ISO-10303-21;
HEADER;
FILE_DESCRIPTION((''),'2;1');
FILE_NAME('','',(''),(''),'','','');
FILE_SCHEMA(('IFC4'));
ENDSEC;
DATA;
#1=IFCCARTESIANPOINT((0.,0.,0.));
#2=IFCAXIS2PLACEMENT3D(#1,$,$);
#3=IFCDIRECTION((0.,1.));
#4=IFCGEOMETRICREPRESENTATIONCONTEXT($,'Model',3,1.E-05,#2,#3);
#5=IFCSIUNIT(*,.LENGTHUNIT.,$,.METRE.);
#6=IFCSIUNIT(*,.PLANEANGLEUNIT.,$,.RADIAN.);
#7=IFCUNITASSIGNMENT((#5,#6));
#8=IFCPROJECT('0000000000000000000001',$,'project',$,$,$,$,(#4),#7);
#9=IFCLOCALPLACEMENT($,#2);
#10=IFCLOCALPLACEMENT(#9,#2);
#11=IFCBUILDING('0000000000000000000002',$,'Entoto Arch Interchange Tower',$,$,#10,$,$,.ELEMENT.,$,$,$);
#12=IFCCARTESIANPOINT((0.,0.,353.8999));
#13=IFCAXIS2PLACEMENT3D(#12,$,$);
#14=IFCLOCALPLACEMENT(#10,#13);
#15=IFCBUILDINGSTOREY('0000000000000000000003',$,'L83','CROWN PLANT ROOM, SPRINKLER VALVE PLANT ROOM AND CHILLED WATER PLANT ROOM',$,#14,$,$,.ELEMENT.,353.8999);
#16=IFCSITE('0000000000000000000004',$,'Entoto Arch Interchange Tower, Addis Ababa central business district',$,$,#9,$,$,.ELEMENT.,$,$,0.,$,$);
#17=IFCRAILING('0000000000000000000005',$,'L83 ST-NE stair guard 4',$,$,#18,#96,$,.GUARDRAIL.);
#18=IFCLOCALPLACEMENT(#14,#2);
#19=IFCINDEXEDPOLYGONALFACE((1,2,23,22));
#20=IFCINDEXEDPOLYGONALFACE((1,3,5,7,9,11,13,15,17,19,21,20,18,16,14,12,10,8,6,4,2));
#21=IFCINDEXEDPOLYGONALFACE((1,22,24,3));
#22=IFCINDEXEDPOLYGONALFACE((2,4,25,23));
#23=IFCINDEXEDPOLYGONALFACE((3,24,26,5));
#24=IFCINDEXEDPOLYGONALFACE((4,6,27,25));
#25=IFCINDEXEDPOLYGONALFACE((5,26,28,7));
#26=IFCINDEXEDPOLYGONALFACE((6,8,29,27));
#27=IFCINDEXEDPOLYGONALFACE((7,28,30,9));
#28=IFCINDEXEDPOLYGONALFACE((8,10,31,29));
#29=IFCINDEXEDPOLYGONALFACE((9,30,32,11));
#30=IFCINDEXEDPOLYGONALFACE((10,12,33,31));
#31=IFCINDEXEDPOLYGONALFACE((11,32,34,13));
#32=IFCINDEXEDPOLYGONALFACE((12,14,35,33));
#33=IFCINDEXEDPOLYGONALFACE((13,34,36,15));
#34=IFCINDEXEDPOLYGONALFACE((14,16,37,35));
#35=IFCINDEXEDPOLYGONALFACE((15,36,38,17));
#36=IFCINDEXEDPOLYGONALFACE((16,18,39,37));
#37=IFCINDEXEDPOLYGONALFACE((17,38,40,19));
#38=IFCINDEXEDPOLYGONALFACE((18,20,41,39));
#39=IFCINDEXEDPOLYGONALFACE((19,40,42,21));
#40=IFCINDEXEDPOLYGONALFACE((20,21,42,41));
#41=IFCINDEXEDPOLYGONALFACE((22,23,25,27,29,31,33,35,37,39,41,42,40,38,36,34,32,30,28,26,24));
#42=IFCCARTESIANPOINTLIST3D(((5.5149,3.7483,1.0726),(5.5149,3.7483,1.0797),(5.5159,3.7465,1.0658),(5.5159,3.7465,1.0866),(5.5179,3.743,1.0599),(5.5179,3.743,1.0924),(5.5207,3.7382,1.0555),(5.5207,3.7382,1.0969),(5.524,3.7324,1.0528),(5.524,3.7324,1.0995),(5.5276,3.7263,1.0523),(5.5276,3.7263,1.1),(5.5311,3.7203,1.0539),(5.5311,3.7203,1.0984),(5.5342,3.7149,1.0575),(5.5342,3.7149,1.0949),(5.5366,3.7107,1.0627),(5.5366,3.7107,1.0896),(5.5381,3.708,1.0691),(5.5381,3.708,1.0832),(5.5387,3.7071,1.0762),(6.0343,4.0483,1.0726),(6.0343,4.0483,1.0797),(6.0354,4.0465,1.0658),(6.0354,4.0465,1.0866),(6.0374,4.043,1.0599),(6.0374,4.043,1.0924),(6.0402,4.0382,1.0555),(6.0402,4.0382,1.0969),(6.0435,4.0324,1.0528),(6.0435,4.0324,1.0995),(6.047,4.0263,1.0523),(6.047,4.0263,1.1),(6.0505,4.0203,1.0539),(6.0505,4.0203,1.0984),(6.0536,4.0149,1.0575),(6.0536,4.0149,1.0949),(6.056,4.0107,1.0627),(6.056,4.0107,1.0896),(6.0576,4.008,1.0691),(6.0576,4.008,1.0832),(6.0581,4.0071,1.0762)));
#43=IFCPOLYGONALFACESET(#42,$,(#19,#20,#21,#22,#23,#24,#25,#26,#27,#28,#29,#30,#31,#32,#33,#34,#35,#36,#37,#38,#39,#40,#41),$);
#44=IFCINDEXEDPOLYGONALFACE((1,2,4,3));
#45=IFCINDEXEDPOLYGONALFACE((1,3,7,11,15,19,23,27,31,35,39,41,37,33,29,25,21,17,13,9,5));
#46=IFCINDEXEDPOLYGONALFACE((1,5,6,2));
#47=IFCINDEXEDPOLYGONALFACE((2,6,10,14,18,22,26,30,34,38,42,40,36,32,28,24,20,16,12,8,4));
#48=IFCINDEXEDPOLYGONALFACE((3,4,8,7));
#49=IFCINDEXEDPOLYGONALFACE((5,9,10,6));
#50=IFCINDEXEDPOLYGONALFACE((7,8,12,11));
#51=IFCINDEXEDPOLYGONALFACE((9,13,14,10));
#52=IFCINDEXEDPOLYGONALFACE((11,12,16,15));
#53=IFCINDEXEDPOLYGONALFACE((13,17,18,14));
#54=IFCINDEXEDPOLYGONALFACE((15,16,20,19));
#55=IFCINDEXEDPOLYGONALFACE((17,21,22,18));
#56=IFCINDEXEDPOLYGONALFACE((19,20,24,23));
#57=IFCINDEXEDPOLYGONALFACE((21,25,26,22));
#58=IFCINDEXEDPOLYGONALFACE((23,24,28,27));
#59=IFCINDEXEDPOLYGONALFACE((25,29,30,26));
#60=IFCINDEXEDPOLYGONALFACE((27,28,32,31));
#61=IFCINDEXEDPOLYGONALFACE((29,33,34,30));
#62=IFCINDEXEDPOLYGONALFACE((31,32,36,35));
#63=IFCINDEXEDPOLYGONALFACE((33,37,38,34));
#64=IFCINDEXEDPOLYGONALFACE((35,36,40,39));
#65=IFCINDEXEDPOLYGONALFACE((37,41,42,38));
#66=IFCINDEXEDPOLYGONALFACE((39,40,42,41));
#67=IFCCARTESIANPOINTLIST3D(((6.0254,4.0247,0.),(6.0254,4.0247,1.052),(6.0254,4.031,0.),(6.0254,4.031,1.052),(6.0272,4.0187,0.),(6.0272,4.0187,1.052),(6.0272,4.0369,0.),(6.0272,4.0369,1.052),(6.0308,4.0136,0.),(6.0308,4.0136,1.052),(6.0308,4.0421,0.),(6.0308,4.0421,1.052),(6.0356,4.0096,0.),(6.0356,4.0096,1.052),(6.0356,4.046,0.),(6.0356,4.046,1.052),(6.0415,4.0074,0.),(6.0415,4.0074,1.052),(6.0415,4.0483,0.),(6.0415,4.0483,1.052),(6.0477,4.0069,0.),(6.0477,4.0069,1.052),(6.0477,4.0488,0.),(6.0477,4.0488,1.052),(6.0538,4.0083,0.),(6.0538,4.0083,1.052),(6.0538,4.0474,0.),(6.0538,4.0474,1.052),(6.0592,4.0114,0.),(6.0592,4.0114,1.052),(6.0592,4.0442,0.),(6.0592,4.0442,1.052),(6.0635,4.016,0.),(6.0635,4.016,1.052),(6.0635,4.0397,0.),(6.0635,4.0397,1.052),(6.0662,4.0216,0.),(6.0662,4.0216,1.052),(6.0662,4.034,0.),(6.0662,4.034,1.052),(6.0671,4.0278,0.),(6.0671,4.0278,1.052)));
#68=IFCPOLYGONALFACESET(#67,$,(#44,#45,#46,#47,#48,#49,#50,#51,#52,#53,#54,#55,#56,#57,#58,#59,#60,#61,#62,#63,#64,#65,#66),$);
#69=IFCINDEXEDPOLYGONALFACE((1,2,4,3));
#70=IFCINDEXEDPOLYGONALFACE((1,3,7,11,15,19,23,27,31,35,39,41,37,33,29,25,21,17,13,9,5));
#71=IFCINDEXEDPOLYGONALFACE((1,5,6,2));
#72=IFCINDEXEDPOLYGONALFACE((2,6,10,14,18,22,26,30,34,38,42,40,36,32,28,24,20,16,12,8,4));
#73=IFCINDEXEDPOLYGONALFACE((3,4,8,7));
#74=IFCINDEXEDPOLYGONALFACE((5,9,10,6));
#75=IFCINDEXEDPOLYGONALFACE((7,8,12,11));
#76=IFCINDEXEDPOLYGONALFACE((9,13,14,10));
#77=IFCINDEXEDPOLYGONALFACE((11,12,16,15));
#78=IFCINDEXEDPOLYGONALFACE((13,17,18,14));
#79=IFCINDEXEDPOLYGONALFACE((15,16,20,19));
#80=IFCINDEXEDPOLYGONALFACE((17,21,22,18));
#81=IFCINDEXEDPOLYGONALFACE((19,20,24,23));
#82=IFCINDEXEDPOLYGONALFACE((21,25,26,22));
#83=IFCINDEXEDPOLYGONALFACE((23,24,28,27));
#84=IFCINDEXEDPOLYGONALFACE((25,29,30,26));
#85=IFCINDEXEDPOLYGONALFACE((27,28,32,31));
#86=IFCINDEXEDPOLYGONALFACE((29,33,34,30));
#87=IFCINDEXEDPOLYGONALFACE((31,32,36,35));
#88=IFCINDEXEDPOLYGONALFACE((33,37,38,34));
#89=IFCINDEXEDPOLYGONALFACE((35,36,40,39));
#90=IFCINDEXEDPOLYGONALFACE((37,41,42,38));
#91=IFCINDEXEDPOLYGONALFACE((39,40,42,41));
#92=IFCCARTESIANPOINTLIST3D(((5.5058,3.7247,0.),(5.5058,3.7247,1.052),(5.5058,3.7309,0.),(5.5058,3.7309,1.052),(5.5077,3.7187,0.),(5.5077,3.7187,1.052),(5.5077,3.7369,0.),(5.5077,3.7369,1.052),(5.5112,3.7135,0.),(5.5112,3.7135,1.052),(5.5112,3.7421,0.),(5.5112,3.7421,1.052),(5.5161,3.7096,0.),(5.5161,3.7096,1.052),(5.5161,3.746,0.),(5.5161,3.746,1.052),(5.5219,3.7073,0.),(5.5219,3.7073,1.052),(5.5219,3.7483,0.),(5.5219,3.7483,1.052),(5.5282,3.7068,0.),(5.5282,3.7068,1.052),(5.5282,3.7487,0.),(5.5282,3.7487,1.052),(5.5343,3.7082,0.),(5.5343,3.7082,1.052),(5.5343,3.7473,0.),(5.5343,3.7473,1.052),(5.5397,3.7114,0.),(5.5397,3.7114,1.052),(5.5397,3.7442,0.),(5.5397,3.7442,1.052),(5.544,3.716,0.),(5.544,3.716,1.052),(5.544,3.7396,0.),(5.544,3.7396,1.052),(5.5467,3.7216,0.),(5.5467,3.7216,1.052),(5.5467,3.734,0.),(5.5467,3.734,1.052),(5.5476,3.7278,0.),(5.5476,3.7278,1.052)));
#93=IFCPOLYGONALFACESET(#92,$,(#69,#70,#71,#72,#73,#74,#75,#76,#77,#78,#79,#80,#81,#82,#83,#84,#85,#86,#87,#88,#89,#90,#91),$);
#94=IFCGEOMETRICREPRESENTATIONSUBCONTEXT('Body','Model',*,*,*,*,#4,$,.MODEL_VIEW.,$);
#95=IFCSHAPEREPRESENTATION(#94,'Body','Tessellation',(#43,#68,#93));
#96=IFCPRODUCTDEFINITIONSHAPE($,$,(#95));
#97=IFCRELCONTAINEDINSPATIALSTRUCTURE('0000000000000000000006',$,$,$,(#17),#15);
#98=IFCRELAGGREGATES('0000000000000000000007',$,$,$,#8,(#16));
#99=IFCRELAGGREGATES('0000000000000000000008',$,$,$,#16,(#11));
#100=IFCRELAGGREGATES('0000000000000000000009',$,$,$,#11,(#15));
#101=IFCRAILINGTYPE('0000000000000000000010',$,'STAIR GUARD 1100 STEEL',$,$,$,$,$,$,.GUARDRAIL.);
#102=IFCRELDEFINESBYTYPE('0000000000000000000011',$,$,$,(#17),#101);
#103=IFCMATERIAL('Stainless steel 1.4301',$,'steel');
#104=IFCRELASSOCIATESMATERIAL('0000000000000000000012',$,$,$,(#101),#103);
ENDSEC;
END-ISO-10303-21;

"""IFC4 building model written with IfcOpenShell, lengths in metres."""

from ifc_helpers import new_model, si_unit, direction, frame, origin, origin_2d, place, context, subcontext, project, spatial, circle, extrude, material, type_object, element, save


model = new_model("IFC4")

# Units and contexts
model_context = context("Model", 3, precision=1e-05, world=origin(), true_north=direction((0.0, 1.0)))
body_context = subcontext(model_context, "Body", "Model", "MODEL_VIEW")
ifc_project = project(units=[si_unit("LENGTHUNIT", "METRE"), si_unit("PLANEANGLEUNIT", "RADIAN")], contexts=[model_context])

# Site, building, storey
site_placement = place(None, origin())
site = spatial("IfcSite", under=ifc_project, at=site_placement, Name="Entoto Arch Interchange Tower, Addis Ababa central business district", CompositionType="ELEMENT", RefElevation=0.0)
building_placement = place(site_placement, origin())
building = spatial("IfcBuilding", under=site, at=building_placement, Name="Entoto Arch Interchange Tower", CompositionType="ELEMENT")
storey_placement = place(building_placement, frame((0.0, 0.0, 353.8999)))
storey = spatial("IfcBuildingStorey", under=building, at=storey_placement, Name="L83", Description="CROWN PLANT ROOM, SPRINKLER VALVE PLANT ROOM AND CHILLED WATER PLANT ROOM", CompositionType="ELEMENT", Elevation=353.8999)

# Railing
ifc_material_1 = material(Name="Stainless steel 1.4301", Category="steel")
railing_type_1 = type_object("IfcRailingType", Name="STAIR GUARD 1100 STEEL", PredefinedType="GUARDRAIL", material=ifc_material_1)
railing_1_placement = place(storey_placement, frame((6.0461, 4.0278, 0.0)))
element("IfcRailing", 1, at=railing_1_placement, inside=storey, type_object=railing_type_1, Name="L83 ST-NE stair guard 4", PredefinedType="GUARDRAIL", context=body_context, shape_type="SweptSolid", body=[
    extrude(circle(Radius=0.0239, at=origin_2d()), frame((0.0, 0.0, 1.0762), z_axis=(-0.865955, -0.500122, 0.0), x_axis=(0.500122, -0.865955, 0.0)), (0.0, 0.0, 1.0), 0.5999),
    extrude(circle(Radius=0.021, at=origin_2d()), origin(), (0.0, 0.0, 1.0), 1.052),
    extrude(circle(Radius=0.021, at=origin_2d()), frame((-0.5195, -0.3, 0.0)), (0.0, 0.0, 1.0), 1.052),
])

save(model, "model.ifc")
